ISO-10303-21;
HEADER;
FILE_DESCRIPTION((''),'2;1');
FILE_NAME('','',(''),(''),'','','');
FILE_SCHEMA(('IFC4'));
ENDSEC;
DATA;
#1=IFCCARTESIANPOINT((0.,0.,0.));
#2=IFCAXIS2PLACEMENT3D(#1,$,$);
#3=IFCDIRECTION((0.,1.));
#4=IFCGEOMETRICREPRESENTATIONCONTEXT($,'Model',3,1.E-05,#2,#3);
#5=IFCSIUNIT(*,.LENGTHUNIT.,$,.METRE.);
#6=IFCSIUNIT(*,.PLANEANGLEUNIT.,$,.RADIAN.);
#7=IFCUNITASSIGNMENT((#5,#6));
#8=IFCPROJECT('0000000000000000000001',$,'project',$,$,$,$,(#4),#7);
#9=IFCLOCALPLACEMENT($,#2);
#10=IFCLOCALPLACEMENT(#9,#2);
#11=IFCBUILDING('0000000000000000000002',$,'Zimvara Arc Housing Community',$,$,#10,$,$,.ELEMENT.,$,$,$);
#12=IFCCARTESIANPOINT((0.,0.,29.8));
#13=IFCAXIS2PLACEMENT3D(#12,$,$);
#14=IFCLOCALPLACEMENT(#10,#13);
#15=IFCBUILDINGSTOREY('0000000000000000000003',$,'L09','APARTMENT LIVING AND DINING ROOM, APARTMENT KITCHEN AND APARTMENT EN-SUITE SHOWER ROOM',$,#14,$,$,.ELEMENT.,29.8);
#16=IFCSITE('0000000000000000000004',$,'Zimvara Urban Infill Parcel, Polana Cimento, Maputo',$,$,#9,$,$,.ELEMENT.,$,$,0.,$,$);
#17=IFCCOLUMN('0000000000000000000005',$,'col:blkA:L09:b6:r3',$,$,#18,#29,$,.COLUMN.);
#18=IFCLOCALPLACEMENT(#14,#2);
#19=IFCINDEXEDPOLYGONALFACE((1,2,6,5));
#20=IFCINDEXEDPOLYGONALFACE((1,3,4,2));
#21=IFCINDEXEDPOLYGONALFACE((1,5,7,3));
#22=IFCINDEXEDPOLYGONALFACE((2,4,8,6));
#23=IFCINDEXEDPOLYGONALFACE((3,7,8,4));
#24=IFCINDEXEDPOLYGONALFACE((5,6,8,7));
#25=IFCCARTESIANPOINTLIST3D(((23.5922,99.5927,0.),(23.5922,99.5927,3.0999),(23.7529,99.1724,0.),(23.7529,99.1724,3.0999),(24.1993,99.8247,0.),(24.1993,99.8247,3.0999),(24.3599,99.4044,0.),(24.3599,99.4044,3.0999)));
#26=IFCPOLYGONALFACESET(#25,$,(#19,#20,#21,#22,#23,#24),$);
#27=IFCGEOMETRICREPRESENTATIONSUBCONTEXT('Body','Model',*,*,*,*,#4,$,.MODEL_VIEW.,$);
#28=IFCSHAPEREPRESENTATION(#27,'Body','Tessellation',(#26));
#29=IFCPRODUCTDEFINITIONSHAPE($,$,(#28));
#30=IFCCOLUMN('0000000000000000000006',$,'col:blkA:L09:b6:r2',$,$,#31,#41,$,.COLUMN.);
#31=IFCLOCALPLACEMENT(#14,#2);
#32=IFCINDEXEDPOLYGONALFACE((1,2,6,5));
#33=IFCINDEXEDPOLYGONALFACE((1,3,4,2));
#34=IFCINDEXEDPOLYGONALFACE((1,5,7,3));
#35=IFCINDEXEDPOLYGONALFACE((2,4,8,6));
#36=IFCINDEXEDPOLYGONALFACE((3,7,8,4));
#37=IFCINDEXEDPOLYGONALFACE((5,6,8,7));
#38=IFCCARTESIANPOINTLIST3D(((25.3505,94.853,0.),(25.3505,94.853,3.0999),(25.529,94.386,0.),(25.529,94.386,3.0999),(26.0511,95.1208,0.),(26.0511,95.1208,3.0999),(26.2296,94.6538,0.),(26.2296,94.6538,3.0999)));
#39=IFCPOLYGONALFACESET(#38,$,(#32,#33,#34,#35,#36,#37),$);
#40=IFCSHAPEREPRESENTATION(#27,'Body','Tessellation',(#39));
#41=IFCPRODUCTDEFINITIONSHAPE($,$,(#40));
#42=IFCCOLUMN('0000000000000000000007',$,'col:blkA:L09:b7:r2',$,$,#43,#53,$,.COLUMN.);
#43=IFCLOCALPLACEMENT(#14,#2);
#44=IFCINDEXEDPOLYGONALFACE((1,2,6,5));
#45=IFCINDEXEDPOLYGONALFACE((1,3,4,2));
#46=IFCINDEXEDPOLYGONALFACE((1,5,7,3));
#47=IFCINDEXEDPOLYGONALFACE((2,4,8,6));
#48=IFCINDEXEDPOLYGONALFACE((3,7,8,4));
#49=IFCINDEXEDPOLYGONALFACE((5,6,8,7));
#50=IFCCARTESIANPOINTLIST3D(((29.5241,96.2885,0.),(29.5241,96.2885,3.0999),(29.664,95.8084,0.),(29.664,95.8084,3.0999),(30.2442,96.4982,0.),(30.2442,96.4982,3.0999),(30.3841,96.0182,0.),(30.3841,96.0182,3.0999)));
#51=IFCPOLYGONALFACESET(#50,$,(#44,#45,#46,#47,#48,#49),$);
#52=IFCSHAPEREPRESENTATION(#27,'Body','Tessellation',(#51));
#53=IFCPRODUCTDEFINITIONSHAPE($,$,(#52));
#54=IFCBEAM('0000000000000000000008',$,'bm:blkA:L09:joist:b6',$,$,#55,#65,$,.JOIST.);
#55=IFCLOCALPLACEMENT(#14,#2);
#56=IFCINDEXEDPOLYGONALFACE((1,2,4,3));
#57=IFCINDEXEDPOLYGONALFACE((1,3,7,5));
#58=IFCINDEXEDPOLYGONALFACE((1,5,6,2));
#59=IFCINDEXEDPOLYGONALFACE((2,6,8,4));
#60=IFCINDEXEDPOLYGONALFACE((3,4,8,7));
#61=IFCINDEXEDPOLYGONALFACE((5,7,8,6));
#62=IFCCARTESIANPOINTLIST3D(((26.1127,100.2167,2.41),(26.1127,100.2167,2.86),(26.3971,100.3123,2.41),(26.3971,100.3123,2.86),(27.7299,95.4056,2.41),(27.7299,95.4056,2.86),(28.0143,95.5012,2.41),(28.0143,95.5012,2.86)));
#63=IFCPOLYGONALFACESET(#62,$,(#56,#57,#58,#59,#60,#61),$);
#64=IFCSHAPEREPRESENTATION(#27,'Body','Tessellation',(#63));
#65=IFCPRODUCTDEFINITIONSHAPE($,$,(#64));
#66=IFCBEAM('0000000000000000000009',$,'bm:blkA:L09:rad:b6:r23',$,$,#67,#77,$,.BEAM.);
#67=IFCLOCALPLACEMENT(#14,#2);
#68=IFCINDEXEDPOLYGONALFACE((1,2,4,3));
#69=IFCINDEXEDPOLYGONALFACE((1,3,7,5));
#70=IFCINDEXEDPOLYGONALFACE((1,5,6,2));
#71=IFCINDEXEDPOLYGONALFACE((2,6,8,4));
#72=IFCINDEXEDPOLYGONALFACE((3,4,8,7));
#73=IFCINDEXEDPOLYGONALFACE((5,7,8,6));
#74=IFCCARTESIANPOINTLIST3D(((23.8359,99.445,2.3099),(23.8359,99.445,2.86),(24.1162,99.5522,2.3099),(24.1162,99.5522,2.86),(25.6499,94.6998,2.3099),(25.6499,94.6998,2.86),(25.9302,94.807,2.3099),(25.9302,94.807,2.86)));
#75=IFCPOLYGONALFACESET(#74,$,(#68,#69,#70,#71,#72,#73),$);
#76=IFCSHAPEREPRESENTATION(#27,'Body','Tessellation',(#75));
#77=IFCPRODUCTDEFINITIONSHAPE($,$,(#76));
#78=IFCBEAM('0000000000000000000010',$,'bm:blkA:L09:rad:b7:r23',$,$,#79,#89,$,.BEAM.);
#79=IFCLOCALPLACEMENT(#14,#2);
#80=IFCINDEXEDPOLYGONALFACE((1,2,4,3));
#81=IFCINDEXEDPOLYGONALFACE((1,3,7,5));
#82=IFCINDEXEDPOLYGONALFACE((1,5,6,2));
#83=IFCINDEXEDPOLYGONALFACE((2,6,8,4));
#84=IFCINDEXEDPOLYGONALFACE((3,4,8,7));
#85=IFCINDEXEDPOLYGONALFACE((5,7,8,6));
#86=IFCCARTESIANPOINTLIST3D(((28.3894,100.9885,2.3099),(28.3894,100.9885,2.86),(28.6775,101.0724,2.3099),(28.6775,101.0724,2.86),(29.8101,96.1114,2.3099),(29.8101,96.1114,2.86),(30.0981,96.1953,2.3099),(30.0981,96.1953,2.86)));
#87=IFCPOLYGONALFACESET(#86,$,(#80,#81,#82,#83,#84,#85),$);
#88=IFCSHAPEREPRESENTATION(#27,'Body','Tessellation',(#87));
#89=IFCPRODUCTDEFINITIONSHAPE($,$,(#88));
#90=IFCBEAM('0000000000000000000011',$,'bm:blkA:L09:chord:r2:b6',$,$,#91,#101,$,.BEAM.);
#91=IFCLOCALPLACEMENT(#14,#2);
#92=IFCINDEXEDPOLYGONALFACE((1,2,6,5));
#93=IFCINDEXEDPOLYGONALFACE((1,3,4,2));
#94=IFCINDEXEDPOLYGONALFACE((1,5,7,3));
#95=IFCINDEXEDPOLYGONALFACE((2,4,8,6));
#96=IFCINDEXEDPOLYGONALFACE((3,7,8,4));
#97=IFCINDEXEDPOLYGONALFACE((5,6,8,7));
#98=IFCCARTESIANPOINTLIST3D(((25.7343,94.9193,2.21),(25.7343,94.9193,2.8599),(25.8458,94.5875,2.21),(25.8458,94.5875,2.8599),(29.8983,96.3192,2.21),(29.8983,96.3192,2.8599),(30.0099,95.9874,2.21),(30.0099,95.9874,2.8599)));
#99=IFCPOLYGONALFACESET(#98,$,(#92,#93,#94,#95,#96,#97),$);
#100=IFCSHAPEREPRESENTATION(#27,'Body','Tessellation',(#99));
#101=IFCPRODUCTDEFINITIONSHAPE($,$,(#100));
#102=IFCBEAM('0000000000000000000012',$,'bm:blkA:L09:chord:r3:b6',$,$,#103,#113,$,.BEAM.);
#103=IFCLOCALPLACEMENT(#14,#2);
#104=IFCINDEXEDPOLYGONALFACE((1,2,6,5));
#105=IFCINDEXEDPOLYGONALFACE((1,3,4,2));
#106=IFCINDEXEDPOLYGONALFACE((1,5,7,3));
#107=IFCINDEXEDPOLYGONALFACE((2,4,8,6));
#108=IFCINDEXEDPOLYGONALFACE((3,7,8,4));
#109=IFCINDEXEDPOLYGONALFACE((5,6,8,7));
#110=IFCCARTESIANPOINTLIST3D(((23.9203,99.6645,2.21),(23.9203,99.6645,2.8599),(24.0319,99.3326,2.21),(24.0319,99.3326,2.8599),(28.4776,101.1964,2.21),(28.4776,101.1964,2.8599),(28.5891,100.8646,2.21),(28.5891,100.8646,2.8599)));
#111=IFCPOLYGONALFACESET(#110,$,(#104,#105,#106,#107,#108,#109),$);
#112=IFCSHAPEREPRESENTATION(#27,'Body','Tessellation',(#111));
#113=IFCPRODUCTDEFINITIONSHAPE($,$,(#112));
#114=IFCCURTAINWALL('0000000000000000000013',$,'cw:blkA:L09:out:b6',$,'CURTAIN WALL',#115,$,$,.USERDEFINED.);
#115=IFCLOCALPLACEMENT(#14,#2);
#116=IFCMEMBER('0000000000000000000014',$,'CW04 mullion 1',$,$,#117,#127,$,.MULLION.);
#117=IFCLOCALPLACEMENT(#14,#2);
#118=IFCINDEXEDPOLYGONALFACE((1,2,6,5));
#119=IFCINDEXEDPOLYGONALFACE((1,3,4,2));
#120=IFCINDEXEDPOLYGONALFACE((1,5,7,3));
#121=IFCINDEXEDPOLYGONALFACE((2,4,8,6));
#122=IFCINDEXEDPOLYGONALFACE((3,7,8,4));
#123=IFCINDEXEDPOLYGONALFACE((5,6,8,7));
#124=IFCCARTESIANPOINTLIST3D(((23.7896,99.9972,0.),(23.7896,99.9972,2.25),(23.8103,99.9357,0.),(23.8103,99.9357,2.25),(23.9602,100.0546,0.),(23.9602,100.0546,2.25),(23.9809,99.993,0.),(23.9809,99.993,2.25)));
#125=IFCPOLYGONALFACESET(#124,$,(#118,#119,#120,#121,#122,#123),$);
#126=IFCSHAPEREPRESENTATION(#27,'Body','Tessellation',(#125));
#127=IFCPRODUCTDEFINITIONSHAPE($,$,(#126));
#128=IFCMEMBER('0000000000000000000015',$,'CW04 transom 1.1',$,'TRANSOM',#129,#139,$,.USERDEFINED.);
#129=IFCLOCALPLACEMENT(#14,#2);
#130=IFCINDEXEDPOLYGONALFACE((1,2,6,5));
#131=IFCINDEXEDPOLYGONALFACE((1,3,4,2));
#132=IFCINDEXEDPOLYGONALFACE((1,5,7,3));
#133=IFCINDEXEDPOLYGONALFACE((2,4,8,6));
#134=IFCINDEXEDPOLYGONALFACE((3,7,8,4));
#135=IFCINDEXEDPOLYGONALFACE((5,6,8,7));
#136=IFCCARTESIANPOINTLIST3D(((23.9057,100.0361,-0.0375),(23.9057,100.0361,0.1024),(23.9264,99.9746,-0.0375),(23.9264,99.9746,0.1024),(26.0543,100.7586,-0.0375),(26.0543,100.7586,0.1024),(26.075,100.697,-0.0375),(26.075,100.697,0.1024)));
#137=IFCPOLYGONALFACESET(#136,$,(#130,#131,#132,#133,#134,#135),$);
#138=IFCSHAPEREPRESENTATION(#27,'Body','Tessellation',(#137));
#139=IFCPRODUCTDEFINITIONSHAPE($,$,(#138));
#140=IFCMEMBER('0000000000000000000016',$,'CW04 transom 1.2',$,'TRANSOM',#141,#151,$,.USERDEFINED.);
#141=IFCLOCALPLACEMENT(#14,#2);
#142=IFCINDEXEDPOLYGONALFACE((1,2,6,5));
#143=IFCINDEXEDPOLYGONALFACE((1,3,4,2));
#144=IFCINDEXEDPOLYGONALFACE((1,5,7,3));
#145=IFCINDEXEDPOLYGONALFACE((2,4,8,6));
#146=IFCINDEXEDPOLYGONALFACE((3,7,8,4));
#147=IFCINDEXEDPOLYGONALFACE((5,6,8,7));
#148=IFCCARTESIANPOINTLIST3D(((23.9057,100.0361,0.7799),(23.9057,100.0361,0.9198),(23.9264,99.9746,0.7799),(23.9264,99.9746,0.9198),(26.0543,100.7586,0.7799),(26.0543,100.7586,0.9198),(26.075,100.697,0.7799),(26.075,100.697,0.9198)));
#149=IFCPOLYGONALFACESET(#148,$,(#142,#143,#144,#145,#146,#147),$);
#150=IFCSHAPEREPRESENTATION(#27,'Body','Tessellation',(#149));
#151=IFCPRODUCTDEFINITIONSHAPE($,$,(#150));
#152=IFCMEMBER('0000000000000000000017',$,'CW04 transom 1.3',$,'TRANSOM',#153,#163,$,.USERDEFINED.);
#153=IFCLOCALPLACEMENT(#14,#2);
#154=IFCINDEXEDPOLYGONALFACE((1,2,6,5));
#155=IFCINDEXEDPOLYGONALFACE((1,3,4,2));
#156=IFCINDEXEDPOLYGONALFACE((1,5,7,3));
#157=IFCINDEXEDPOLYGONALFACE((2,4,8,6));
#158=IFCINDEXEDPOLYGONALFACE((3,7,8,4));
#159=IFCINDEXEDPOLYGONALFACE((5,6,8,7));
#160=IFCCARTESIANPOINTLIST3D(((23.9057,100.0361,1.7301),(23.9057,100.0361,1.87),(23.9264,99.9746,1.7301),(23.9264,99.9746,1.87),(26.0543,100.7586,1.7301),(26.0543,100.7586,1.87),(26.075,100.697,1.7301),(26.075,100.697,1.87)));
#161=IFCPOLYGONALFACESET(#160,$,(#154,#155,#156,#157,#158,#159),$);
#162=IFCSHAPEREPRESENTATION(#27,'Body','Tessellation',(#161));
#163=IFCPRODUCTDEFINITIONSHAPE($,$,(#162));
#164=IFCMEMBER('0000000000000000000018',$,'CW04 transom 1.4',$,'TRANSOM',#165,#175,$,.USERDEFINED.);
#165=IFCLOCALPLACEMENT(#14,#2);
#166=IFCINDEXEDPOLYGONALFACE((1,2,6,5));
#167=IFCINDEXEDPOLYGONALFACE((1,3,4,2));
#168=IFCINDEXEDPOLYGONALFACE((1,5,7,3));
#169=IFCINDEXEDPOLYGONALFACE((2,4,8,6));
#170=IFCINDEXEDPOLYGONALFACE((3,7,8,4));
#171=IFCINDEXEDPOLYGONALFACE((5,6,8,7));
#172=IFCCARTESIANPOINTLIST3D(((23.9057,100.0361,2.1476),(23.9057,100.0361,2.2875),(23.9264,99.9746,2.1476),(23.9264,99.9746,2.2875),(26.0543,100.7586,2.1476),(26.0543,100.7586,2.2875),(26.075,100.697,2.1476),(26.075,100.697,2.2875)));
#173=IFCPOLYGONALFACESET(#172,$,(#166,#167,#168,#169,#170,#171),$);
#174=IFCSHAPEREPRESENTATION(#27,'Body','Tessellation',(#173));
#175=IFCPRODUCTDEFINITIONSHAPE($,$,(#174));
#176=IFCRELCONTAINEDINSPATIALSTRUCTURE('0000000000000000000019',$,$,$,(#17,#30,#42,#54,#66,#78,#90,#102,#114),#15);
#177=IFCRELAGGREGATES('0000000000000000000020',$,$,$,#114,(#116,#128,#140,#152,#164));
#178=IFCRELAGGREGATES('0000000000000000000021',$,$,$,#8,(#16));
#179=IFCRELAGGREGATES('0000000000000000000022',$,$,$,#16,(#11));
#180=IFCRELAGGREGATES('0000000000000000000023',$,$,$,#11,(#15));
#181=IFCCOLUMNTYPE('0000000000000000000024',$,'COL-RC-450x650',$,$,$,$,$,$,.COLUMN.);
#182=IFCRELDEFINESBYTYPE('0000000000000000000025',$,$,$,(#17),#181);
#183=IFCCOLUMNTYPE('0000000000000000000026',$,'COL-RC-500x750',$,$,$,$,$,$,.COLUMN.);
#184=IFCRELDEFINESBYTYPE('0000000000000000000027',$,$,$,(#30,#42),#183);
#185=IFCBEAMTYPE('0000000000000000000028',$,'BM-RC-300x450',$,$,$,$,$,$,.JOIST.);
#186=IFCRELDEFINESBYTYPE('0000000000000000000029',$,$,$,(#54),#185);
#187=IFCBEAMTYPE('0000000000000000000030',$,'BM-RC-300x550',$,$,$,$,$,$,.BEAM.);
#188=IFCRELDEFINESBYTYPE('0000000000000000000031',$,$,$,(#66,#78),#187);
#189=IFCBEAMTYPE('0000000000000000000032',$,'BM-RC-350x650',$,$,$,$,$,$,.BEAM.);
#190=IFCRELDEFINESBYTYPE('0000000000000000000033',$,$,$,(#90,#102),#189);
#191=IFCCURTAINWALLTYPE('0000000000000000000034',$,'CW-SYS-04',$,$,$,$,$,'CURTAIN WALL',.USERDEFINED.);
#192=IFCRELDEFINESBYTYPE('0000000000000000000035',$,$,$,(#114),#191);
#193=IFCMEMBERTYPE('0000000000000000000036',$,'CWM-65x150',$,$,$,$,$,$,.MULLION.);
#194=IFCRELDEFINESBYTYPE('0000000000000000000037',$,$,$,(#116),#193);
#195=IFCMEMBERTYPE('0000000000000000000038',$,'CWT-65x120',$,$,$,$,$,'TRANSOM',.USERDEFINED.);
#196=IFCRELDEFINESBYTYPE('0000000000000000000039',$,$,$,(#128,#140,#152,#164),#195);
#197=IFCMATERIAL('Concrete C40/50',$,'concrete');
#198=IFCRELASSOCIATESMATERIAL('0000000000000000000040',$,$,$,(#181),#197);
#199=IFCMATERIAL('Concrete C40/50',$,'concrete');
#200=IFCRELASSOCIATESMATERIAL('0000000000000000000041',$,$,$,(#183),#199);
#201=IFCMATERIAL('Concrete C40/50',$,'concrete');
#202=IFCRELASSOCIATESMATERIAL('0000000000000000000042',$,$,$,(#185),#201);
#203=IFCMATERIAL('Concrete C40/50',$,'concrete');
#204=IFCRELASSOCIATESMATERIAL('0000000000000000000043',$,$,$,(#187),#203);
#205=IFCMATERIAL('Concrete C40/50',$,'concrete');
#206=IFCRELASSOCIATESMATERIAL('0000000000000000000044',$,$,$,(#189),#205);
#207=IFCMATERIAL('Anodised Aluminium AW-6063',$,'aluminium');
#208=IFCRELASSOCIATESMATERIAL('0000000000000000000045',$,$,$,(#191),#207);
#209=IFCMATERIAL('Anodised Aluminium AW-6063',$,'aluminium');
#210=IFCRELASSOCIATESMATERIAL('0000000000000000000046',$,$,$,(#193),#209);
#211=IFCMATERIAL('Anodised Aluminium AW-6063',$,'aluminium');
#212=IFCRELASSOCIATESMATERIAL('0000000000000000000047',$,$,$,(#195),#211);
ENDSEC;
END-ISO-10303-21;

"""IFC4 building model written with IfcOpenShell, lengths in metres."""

from ifc_helpers import new_model, si_unit, direction, frame, origin, origin_2d, place, context, subcontext, project, spatial, rectangle, extrude, material, material_profile, profile_set, type_object, element, aggregate, save


model = new_model("IFC4")

# Units and contexts
model_context = context("Model", 3, precision=1e-05, world=origin(), true_north=direction((0.0, 1.0)))
body_context = subcontext(model_context, "Body", "Model", "MODEL_VIEW")
ifc_project = project(units=[si_unit("LENGTHUNIT", "METRE"), si_unit("PLANEANGLEUNIT", "RADIAN")], contexts=[model_context])

# Site, building, storey
site_placement = place(None, origin())
site = spatial("IfcSite", under=ifc_project, at=site_placement, Name="Zimvara Urban Infill Parcel, Polana Cimento, Maputo", CompositionType="ELEMENT", RefElevation=0.0)
building_placement = place(site_placement, origin())
building = spatial("IfcBuilding", under=site, at=building_placement, Name="Zimvara Arc Housing Community", CompositionType="ELEMENT")
storey_placement = place(building_placement, frame((0.0, 0.0, 29.8)))
storey = spatial("IfcBuildingStorey", under=building, at=storey_placement, Name="L09", Description="APARTMENT LIVING AND DINING ROOM, APARTMENT KITCHEN AND APARTMENT EN-SUITE SHOWER ROOM", CompositionType="ELEMENT", Elevation=29.8)

# Columns
ifc_material_1 = material(Name="Concrete C40/50", Category="concrete")
ifc_material_profile_1 = material_profile(ifc_material_1, rectangle(XDim=0.45, YDim=0.6499, at=origin_2d()), Name="RC 450x650")
ifc_profile_set_1 = profile_set([ifc_material_profile_1], Name="Concrete C40/50")
column_type_1 = type_object("IfcColumnType", Name="COL-RC-450x650", PredefinedType="COLUMN", material=ifc_profile_set_1)
column_placement = place(storey_placement, frame((23.9761, 99.4985, 0.0), z_axis=(0.0, 0.0, 1.0), x_axis=(-0.357064, 0.93408, 0.0)))
element("IfcColumn", 1, at=column_placement, inside=storey, type_object=column_type_1, Name="col:blkA:L09:b6:r3", PredefinedType="COLUMN", context=body_context, shape_type="SweptSolid", body=[
    extrude(rectangle(XDim=0.45, YDim=0.6499, at=origin_2d()), origin(), (0.0, 0.0, 1.0), 3.0999),
])
ifc_material_2 = material(Name="Concrete C40/50", Category="concrete")
ifc_material_profile_2 = material_profile(ifc_material_2, rectangle(XDim=0.5, YDim=0.75, at=origin_2d()), Name="RC 500x750")
ifc_profile_set_2 = profile_set([ifc_material_profile_2], Name="Concrete C40/50")
column_type_2 = type_object("IfcColumnType", Name="COL-RC-500x750", PredefinedType="COLUMN", material=ifc_profile_set_2)
for number, where, z_axis, x_axis, name in (
    (2, (25.79, 94.7534, 0.0), (0.0, 0.0, 1.0), (-0.357064, 0.93408, 0.0), "col:blkA:L09:b6:r2"),
    (3, (29.9541, 96.1533, 0.0), (0.0, 0.0, 1.0), (-0.279661, 0.960099, 0.0), "col:blkA:L09:b7:r2"),
):
    element("IfcColumn", number, at=place(storey_placement, frame(where, z_axis=z_axis, x_axis=x_axis)), inside=storey, type_object=column_type_2, Name=name, PredefinedType="COLUMN", context=body_context, shape_type="SweptSolid", body=[
        extrude(rectangle(XDim=0.5, YDim=0.75, at=origin_2d()), origin(), (0.0, 0.0, 1.0), 3.0999),
    ])

# Beams
ifc_material_3 = material(Name="Concrete C40/50", Category="concrete")
ifc_material_profile_3 = material_profile(ifc_material_3, rectangle(XDim=0.3, YDim=0.45, at=origin_2d()), Name="RC 300x450")
ifc_profile_set_3 = profile_set([ifc_material_profile_3], Name="Concrete C40/50")
beam_type_1 = type_object("IfcBeamType", Name="BM-RC-300x450", PredefinedType="JOIST", material=ifc_profile_set_3)
beam_1_placement = place(storey_placement, frame((27.8721, 95.4534, 2.635), z_axis=(-0.318608, 0.947887, 0.0), x_axis=(-0.947887, -0.318608, 0.0)))
element("IfcBeam", 4, at=beam_1_placement, inside=storey, type_object=beam_type_1, Name="bm:blkA:L09:joist:b6", PredefinedType="JOIST", context=body_context, shape_type="SweptSolid", body=[
    extrude(rectangle(XDim=0.3, YDim=0.45, at=origin_2d()), origin(), (0.0, 0.0, 1.0), 5.0757),
])
ifc_material_4 = material(Name="Concrete C40/50", Category="concrete")
ifc_material_profile_4 = material_profile(ifc_material_4, rectangle(XDim=0.3, YDim=0.55, at=origin_2d()), Name="RC 300x550")
ifc_profile_set_4 = profile_set([ifc_material_profile_4], Name="Concrete C40/50")
beam_type_2 = type_object("IfcBeamType", Name="BM-RC-300x550", PredefinedType="BEAM", material=ifc_profile_set_4)
beam_2_placement = place(storey_placement, frame((25.79, 94.7534, 2.585), z_axis=(-0.357078, 0.934074, 0.0), x_axis=(-0.934074, -0.357078, 0.0)))
element("IfcBeam", 5, at=beam_2_placement, inside=storey, type_object=beam_type_2, Name="bm:blkA:L09:rad:b6:r23", PredefinedType="BEAM", context=body_context, shape_type="SweptSolid", body=[
    extrude(rectangle(XDim=0.3, YDim=0.55, at=origin_2d()), origin(), (0.0, 0.0, 1.0), 5.0801),
])
beam_3_placement = place(storey_placement, frame((29.9541, 96.1533, 2.585), z_axis=(-0.279662, 0.960098, 0.0), x_axis=(-0.960098, -0.279662, 0.0)))
element("IfcBeam", 6, at=beam_3_placement, inside=storey, type_object=beam_type_2, Name="bm:blkA:L09:rad:b7:r23", PredefinedType="BEAM", context=body_context, shape_type="SweptSolid", body=[
    extrude(rectangle(XDim=0.3, YDim=0.55, at=origin_2d()), origin(), (0.0, 0.0, 1.0), 5.0798),
])
ifc_material_5 = material(Name="Concrete C40/50", Category="concrete")
ifc_material_profile_5 = material_profile(ifc_material_5, rectangle(XDim=0.3501, YDim=0.6499, at=origin_2d()), Name="RC 350x650")
ifc_profile_set_5 = profile_set([ifc_material_profile_5], Name="Concrete C40/50")
beam_type_3 = type_object("IfcBeamType", Name="BM-RC-350x650", PredefinedType="BEAM", material=ifc_profile_set_5)
beam_4_placement = place(storey_placement, frame((25.79, 94.7534, 2.5349), z_axis=(0.947869, 0.318661, 0.0), x_axis=(-0.318661, 0.947869, 0.0)))
element("IfcBeam", 7, at=beam_4_placement, inside=storey, type_object=beam_type_3, Name="bm:blkA:L09:chord:r2:b6", PredefinedType="BEAM", context=body_context, shape_type="SweptSolid", body=[
    extrude(rectangle(XDim=0.3501, YDim=0.6499, at=origin_2d()), origin(), (0.0, 0.0, 1.0), 4.3931),
])
beam_5_placement = place(storey_placement, frame((23.9761, 99.4985, 2.5349), z_axis=(0.947878, 0.318634, 0.0), x_axis=(-0.318634, 0.947878, 0.0)))
element("IfcBeam", 8, at=beam_5_placement, inside=storey, type_object=beam_type_3, Name="bm:blkA:L09:chord:r3:b6", PredefinedType="BEAM", context=body_context, shape_type="SweptSolid", body=[
    extrude(rectangle(XDim=0.3501, YDim=0.6499, at=origin_2d()), origin(), (0.0, 0.0, 1.0), 4.8079),
])

# Curtain wall, members
ifc_material_6 = material(Name="Anodised Aluminium AW-6063", Category="aluminium")
curtain_wall_type = type_object("IfcCurtainWallType", Name="CW-SYS-04", ElementType="CURTAIN WALL", PredefinedType="USERDEFINED", material=ifc_material_6)
curtain_wall_placement = place(storey_placement, origin())
curtain_wall = element("IfcCurtainWall", 9, at=curtain_wall_placement, inside=storey, type_object=curtain_wall_type, Name="cw:blkA:L09:out:b6", ObjectType="CURTAIN WALL", PredefinedType="USERDEFINED")
ifc_material_7 = material(Name="Anodised Aluminium AW-6063", Category="aluminium")
ifc_material_profile_6 = material_profile(ifc_material_7, rectangle(XDim=0.0649, YDim=0.1799, at=origin_2d()), Name="ALU 65x180")
ifc_profile_set_6 = profile_set([ifc_material_profile_6], Name="Anodised Aluminium AW-6063")
member_type_1 = type_object("IfcMemberType", Name="CWM-65x150", PredefinedType="MULLION", material=ifc_profile_set_6)
member_1_placement = place(storey_placement, frame((23.8853, 99.9951, 0.0), z_axis=(0.0, 0.0, 1.0), x_axis=(-0.318629, 0.94788, 0.0)))
member_1 = element("IfcMember", 10, at=member_1_placement, type_object=member_type_1, Name="CW04 mullion 1", PredefinedType="MULLION", context=body_context, shape_type="SweptSolid", body=[
    extrude(rectangle(XDim=0.0649, YDim=0.1799, at=origin_2d()), origin(), (0.0, 0.0, 1.0), 2.25),
])
ifc_material_8 = material(Name="Anodised Aluminium AW-6063", Category="aluminium")
ifc_material_profile_7 = material_profile(ifc_material_8, rectangle(XDim=0.0649, YDim=0.1399, at=origin_2d()), Name="ALU 65x140")
ifc_profile_set_7 = profile_set([ifc_material_profile_7], Name="Anodised Aluminium AW-6063")
member_type_2 = type_object("IfcMemberType", Name="CWT-65x120", ElementType="TRANSOM", PredefinedType="USERDEFINED", material=ifc_profile_set_7)
member_2_placement = place(storey_placement, frame((23.916, 100.0054, 0.0325), z_axis=(0.947862, 0.318682, 0.0), x_axis=(-0.318682, 0.947862, 0.0)))
member_2 = element("IfcMember", 11, at=member_2_placement, type_object=member_type_2, Name="CW04 transom 1.1", ObjectType="TRANSOM", PredefinedType="USERDEFINED", context=body_context, shape_type="SweptSolid", body=[
    extrude(rectangle(XDim=0.0649, YDim=0.1399, at=origin_2d()), origin(), (0.0, 0.0, 1.0), 2.2668),
])
member_3_placement = place(storey_placement, frame((23.916, 100.0054, 0.8499), z_axis=(0.947862, 0.318682, 0.0), x_axis=(-0.318682, 0.947862, 0.0)))
member_3 = element("IfcMember", 12, at=member_3_placement, type_object=member_type_2, Name="CW04 transom 1.2", ObjectType="TRANSOM", PredefinedType="USERDEFINED", context=body_context, shape_type="SweptSolid", body=[
    extrude(rectangle(XDim=0.0649, YDim=0.1399, at=origin_2d()), origin(), (0.0, 0.0, 1.0), 2.2668),
])
member_4_placement = place(storey_placement, frame((23.916, 100.0054, 1.8), z_axis=(0.947862, 0.318682, 0.0), x_axis=(-0.318682, 0.947862, 0.0)))
member_4 = element("IfcMember", 13, at=member_4_placement, type_object=member_type_2, Name="CW04 transom 1.3", ObjectType="TRANSOM", PredefinedType="USERDEFINED", context=body_context, shape_type="SweptSolid", body=[
    extrude(rectangle(XDim=0.0649, YDim=0.1399, at=origin_2d()), origin(), (0.0, 0.0, 1.0), 2.2668),
])
member_5_placement = place(storey_placement, frame((23.916, 100.0054, 2.2175), z_axis=(0.947862, 0.318682, 0.0), x_axis=(-0.318682, 0.947862, 0.0)))
member_5 = element("IfcMember", 14, at=member_5_placement, type_object=member_type_2, Name="CW04 transom 1.4", ObjectType="TRANSOM", PredefinedType="USERDEFINED", context=body_context, shape_type="SweptSolid", body=[
    extrude(rectangle(XDim=0.0649, YDim=0.1399, at=origin_2d()), origin(), (0.0, 0.0, 1.0), 2.2668),
])
aggregate(curtain_wall, [member_1, member_2, member_3, member_4, member_5])

save(model, "model.ifc")
